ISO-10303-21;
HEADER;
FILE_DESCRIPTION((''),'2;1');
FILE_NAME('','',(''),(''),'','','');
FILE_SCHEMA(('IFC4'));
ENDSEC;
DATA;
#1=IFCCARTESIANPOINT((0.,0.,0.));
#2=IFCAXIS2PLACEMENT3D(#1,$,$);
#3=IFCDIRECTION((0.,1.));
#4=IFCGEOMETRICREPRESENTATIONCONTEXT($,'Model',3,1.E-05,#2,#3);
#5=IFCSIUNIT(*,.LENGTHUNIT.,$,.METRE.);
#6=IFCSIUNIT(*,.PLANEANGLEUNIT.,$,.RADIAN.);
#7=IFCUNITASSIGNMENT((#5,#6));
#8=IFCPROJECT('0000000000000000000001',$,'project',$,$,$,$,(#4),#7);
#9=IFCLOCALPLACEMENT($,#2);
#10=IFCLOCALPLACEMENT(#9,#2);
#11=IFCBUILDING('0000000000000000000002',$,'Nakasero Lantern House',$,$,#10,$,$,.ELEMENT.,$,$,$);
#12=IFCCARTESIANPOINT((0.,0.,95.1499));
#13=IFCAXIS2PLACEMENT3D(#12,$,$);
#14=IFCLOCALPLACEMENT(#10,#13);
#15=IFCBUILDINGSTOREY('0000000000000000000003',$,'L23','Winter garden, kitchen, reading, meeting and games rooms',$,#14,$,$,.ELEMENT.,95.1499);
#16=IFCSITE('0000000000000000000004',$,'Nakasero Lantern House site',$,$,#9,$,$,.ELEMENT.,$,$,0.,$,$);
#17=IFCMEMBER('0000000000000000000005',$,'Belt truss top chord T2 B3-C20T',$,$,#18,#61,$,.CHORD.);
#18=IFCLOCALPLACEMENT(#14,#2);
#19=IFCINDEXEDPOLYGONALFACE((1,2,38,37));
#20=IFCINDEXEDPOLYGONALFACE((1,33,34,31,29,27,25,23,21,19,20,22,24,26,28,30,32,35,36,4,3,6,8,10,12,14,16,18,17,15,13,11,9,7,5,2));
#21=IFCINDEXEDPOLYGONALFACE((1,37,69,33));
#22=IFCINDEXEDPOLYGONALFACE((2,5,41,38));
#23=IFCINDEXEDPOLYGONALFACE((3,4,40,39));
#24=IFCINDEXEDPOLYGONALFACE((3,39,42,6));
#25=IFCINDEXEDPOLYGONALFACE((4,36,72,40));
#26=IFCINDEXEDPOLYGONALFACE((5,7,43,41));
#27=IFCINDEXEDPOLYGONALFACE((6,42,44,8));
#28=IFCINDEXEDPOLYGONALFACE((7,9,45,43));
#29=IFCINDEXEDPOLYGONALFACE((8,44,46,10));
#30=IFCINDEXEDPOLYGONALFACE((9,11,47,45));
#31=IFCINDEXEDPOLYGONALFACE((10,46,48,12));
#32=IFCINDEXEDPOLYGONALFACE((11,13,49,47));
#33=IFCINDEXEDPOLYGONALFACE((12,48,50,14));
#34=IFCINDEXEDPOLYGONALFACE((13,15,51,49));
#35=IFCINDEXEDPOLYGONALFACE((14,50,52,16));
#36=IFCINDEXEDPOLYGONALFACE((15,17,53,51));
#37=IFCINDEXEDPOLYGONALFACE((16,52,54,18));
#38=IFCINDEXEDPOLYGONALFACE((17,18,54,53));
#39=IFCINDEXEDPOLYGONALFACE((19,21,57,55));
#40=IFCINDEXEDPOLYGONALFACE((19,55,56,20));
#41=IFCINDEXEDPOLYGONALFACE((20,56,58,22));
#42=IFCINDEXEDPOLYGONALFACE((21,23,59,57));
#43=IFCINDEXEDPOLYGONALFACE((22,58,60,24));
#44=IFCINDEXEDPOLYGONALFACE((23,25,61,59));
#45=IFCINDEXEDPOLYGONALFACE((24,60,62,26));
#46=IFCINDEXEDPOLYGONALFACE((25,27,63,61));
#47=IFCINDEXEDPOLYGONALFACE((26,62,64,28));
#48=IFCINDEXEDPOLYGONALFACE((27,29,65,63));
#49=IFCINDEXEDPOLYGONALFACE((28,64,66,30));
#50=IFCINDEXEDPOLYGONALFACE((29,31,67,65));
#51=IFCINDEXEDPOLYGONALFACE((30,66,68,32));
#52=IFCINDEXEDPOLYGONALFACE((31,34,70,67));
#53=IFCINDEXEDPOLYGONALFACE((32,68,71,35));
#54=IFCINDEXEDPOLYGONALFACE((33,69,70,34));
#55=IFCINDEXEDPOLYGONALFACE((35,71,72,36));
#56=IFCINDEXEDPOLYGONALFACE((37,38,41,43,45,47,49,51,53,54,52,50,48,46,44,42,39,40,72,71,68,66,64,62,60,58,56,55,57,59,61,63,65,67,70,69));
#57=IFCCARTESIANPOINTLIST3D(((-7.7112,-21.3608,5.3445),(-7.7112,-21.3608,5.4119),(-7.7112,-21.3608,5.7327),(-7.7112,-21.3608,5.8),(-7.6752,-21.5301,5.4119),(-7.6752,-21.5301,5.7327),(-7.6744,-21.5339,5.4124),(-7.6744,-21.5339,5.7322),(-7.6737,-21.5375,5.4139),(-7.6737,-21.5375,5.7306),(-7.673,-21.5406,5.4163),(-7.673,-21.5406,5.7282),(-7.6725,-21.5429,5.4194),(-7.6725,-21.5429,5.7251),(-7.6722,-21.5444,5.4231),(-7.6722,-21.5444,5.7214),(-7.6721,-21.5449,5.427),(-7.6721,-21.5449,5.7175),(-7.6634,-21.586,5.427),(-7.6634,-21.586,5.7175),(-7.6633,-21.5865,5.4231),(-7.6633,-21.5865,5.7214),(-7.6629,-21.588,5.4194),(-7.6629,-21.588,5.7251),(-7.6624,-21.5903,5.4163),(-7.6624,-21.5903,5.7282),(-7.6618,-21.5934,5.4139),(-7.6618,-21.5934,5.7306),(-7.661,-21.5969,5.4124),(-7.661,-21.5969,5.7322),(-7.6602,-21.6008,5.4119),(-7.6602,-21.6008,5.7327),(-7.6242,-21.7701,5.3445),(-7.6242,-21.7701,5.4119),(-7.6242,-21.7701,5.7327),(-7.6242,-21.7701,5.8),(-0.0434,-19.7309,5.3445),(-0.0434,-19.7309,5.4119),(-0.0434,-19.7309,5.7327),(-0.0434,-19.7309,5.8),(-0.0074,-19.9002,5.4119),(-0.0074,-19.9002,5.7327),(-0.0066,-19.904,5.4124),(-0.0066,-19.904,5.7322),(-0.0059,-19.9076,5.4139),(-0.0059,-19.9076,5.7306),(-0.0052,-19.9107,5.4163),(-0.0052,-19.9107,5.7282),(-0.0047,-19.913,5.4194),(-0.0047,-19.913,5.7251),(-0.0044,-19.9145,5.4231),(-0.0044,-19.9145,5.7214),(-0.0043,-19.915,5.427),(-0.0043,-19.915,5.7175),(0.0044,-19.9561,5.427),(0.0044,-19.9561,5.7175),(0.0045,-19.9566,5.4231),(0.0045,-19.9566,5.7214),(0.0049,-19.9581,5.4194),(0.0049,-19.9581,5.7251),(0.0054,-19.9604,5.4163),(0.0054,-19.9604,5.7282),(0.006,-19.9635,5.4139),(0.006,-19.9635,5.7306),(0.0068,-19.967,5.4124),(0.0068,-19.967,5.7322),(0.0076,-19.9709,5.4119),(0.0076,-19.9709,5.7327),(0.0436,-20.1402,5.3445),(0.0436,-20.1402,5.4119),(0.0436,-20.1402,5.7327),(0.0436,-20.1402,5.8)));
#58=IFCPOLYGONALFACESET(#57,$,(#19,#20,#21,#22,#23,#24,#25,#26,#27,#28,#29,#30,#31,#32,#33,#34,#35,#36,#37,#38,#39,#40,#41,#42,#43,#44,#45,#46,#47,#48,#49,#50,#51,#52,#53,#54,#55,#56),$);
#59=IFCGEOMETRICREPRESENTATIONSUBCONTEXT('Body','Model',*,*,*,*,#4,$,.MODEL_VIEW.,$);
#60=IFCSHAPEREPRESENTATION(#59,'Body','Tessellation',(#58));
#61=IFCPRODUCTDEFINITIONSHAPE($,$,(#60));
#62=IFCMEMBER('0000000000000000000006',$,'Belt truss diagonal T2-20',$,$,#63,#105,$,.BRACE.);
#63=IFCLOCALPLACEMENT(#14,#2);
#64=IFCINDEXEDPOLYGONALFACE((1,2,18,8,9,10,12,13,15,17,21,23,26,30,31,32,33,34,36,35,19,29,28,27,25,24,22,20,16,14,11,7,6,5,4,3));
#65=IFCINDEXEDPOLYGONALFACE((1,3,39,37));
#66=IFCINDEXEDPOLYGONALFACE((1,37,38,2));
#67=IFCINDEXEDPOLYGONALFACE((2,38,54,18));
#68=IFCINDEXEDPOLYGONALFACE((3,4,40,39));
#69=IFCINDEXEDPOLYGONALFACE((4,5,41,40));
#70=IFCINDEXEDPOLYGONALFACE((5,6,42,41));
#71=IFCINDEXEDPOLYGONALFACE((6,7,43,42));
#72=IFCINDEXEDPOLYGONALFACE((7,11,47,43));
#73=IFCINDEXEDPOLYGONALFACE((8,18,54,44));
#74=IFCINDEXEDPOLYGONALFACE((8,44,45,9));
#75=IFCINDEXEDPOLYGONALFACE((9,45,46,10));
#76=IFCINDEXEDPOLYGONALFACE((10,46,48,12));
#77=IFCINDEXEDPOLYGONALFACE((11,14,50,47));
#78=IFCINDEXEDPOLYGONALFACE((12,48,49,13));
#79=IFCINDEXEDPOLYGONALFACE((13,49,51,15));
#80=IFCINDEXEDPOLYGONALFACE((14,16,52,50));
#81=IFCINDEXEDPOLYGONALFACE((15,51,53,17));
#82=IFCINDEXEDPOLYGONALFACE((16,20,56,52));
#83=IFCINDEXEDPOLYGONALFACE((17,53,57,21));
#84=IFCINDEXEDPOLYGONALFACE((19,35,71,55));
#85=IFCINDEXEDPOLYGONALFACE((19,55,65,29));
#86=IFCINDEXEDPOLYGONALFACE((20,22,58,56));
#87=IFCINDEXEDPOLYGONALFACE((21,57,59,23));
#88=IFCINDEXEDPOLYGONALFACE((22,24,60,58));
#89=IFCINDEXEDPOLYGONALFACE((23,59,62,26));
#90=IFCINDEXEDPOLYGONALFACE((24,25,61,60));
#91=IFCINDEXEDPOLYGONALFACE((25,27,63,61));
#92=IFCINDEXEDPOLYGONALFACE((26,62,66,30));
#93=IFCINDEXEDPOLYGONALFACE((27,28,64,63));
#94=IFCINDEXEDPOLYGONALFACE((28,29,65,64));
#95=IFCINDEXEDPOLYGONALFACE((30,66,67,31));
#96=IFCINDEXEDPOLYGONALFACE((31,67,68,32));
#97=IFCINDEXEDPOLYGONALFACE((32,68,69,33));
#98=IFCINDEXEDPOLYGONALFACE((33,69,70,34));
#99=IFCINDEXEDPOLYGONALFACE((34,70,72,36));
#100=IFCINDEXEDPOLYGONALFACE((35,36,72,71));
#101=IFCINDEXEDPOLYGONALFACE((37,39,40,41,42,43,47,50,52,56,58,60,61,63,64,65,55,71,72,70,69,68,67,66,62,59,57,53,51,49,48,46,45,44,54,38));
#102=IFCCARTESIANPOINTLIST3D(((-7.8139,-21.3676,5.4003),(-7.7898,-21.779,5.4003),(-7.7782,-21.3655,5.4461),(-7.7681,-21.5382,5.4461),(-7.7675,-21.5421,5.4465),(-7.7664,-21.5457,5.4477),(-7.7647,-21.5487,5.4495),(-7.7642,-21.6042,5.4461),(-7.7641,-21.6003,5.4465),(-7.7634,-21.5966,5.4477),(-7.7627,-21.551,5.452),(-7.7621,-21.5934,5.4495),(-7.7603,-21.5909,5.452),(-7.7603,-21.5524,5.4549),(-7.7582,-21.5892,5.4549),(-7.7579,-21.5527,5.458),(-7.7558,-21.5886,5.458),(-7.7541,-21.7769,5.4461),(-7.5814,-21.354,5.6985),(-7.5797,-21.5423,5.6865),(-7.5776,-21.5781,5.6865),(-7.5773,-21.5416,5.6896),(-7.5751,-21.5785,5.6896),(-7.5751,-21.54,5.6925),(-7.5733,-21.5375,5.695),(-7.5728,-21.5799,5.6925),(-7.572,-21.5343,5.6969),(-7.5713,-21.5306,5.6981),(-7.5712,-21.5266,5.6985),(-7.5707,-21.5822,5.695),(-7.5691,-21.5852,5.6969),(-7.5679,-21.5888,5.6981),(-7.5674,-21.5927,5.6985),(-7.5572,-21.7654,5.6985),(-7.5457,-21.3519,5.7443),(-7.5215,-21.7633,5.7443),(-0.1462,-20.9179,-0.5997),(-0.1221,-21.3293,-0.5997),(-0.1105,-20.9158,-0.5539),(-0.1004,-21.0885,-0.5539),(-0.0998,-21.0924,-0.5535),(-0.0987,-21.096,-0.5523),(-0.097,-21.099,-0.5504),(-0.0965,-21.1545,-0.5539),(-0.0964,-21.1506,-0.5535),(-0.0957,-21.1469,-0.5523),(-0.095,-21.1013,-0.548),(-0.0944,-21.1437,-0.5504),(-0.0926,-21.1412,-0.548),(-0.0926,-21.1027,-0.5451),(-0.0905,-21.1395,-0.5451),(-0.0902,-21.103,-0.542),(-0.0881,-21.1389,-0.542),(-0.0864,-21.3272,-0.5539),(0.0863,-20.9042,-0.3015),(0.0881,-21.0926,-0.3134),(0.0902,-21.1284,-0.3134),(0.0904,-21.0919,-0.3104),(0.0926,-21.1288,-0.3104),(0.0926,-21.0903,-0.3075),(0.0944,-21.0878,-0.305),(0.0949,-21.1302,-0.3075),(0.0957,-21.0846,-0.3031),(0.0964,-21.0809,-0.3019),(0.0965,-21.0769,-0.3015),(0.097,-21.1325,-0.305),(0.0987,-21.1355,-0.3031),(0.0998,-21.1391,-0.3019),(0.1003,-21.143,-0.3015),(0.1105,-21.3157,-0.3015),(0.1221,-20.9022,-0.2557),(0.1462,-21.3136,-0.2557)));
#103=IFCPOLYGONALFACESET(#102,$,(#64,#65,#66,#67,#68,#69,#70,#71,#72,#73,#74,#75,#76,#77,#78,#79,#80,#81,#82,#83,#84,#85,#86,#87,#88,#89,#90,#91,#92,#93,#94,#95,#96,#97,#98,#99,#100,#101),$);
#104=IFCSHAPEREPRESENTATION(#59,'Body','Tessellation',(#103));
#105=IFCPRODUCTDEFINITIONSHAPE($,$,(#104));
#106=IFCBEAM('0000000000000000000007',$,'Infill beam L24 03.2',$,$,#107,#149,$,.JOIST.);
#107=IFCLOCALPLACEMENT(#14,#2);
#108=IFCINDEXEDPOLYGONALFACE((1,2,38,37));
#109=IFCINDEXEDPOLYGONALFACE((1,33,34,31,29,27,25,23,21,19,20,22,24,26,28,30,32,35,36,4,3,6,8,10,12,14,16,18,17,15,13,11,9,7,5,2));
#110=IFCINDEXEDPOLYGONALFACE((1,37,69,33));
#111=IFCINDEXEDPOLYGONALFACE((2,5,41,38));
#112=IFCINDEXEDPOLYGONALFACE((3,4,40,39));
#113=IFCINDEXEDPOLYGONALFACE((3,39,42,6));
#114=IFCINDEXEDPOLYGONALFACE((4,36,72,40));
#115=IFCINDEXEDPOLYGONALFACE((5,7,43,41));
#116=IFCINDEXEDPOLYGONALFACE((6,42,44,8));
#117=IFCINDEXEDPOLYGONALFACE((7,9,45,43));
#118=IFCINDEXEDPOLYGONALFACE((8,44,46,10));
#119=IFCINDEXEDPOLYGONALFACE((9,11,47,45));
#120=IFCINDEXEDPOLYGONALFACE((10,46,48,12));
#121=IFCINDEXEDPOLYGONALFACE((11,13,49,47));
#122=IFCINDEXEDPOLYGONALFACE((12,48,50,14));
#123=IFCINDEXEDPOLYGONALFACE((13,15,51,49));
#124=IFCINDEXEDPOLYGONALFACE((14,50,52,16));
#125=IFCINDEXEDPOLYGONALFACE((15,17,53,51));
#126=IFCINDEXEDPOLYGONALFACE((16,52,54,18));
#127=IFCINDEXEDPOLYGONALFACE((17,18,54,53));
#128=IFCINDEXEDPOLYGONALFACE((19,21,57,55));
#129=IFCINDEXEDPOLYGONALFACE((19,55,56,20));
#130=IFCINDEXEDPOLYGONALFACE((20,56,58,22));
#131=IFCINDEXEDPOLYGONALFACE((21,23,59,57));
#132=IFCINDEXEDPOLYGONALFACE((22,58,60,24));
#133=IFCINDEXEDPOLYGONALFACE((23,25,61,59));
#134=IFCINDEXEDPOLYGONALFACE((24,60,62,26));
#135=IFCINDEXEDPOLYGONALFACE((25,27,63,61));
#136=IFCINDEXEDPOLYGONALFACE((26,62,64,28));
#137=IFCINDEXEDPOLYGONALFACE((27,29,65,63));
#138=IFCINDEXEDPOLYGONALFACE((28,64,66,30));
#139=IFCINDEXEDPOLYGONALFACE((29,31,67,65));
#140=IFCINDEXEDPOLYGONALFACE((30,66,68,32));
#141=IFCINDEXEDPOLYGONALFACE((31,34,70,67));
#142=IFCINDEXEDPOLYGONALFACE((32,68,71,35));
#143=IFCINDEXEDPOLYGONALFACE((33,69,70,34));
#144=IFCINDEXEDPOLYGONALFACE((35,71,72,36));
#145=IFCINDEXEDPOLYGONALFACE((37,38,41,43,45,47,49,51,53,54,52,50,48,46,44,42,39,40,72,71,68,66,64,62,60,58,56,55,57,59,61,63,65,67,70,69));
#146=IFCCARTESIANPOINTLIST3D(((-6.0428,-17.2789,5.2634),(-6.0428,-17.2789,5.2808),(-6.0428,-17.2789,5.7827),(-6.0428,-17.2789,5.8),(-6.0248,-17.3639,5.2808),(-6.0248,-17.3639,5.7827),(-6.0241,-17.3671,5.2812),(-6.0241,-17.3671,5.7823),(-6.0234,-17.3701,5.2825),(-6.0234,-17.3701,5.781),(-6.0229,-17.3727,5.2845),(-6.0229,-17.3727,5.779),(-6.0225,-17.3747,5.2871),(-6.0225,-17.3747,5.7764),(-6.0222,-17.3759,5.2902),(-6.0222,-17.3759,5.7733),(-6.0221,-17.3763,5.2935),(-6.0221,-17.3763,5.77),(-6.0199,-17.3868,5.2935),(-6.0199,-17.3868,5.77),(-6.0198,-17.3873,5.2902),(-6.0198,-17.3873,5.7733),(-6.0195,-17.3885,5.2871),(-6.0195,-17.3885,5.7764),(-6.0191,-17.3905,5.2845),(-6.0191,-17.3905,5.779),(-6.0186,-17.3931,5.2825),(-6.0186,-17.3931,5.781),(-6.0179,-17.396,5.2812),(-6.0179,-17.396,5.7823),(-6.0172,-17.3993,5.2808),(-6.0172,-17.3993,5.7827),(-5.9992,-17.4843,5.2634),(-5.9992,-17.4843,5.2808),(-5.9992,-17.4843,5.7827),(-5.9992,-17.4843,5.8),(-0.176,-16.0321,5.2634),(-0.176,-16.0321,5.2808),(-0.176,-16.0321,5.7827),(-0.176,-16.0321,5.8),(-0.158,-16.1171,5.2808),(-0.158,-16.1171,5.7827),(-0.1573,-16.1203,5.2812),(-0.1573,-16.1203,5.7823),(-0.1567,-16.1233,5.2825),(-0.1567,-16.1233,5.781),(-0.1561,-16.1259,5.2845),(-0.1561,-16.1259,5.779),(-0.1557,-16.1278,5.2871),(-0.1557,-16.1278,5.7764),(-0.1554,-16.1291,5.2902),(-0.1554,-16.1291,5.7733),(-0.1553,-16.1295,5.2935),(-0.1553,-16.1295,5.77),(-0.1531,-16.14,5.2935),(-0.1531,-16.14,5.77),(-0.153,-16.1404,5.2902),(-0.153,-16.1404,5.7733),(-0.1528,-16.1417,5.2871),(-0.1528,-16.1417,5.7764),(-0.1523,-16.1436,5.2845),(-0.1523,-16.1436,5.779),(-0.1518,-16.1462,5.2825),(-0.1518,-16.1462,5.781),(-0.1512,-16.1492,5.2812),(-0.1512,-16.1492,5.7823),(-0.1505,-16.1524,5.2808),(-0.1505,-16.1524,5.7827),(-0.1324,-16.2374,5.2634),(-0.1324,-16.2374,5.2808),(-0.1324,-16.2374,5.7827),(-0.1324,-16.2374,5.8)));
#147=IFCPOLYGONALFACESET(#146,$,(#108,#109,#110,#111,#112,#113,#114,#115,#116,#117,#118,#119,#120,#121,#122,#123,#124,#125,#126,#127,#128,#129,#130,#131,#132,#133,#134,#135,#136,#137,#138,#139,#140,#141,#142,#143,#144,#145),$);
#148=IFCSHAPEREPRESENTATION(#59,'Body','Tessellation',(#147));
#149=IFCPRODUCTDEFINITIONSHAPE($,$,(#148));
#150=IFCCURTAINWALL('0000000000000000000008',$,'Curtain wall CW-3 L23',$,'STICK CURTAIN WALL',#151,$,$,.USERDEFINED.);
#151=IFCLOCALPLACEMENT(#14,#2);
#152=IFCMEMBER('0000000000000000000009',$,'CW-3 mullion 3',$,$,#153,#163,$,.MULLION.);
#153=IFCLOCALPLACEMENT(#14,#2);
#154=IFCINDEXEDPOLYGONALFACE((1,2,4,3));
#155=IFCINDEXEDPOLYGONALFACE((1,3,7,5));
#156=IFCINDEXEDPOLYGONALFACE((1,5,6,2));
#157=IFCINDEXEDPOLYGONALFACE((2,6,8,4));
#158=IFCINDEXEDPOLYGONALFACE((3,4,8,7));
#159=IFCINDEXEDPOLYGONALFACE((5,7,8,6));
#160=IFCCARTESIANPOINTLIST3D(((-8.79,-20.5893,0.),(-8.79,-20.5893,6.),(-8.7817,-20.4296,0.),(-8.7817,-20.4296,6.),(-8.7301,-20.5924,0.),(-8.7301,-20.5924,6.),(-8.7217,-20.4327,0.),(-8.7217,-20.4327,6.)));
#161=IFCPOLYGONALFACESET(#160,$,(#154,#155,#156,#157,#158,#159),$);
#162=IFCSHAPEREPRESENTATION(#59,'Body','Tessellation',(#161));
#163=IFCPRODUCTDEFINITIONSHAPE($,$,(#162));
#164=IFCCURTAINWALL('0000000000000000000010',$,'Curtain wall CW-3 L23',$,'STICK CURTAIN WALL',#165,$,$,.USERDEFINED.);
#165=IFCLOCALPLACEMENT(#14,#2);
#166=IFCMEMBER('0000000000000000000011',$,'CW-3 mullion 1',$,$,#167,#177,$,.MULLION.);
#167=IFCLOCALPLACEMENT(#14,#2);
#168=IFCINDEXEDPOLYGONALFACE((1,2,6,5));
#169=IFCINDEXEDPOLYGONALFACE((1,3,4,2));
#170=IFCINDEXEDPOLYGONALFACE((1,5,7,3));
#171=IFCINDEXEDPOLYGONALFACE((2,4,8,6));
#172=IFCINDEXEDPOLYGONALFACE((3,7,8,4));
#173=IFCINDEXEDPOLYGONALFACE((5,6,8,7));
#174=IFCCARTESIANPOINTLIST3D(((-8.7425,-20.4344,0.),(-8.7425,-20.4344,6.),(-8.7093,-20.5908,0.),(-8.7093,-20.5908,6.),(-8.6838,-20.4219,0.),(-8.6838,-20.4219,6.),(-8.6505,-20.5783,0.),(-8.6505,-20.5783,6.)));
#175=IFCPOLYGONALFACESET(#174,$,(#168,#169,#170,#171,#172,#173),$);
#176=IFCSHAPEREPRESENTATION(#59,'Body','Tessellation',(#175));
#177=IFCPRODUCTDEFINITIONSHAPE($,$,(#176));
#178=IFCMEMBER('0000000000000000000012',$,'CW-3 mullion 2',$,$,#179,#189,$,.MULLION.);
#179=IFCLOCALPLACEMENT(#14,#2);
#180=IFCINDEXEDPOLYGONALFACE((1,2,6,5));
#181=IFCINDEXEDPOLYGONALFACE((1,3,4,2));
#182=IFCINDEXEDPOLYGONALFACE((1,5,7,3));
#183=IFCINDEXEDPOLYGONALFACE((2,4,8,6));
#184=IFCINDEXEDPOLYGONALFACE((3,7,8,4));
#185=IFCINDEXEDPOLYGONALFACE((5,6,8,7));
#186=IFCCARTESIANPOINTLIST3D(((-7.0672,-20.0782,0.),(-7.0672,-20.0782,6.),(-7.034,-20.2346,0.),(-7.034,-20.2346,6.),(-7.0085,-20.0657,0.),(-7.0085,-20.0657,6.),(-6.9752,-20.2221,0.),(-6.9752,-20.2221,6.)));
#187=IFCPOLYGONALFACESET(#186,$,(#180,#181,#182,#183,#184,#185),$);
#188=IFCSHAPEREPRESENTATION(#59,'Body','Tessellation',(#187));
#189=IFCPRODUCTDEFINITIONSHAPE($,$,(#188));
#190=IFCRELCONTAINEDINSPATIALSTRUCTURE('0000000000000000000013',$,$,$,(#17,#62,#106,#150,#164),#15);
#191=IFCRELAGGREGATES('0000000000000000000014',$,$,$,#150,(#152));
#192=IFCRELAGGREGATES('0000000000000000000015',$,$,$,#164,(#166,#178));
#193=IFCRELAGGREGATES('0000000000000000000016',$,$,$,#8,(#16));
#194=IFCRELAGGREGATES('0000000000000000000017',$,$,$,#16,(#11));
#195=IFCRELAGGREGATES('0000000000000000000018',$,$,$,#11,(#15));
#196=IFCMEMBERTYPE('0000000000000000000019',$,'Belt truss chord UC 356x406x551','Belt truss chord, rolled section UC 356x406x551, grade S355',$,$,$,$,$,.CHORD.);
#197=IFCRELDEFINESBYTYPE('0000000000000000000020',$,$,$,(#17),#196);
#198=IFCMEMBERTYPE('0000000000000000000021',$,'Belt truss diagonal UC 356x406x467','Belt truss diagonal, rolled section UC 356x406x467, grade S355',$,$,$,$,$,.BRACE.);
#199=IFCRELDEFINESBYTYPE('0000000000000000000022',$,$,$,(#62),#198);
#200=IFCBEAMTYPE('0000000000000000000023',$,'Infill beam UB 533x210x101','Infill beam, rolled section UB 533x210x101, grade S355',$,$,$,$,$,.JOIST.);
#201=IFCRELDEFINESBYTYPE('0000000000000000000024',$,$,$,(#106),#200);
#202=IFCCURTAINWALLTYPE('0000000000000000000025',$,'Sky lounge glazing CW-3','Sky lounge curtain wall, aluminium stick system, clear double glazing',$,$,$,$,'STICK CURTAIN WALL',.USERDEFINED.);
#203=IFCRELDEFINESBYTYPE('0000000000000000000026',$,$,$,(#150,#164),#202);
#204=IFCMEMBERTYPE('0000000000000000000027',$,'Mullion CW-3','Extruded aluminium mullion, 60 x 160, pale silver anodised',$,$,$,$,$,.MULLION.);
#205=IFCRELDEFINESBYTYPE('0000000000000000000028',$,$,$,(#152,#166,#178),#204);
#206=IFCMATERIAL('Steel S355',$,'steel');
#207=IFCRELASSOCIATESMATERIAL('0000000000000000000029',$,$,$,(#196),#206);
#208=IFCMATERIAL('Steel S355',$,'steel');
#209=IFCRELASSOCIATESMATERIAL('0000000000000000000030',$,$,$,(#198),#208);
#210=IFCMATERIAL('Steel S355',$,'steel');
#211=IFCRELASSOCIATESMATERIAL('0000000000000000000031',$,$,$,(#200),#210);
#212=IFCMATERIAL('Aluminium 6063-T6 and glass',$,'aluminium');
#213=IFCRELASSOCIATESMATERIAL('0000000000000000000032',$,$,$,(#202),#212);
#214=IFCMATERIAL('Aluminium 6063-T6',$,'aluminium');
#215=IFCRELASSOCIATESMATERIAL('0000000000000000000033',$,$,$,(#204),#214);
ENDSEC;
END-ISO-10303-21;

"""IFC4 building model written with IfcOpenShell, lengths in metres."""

from ifc_helpers import new_model, si_unit, direction, frame, origin, origin_2d, place, context, subcontext, project, spatial, rectangle, i_section, extrude, material, material_profile, profile_set, type_object, element, aggregate, save


model = new_model("IFC4")

# Units and contexts
model_context = context("Model", 3, precision=1e-05, world=origin(), true_north=direction((0.0, 1.0)))
body_context = subcontext(model_context, "Body", "Model", "MODEL_VIEW")
ifc_project = project(units=[si_unit("LENGTHUNIT", "METRE"), si_unit("PLANEANGLEUNIT", "RADIAN")], contexts=[model_context])

# Site, building, storey
site_placement = place(None, origin())
site = spatial("IfcSite", under=ifc_project, at=site_placement, Name="Nakasero Lantern House site", CompositionType="ELEMENT", RefElevation=0.0)
building_placement = place(site_placement, origin())
building = spatial("IfcBuilding", under=site, at=building_placement, Name="Nakasero Lantern House", CompositionType="ELEMENT")
storey_placement = place(building_placement, frame((0.0, 0.0, 95.1499)))
storey = spatial("IfcBuildingStorey", under=building, at=storey_placement, Name="L23", Description="Winter garden, kitchen, reading, meeting and games rooms", CompositionType="ELEMENT", Elevation=95.1499)

# Members
ifc_material_1 = material(Name="Steel S355", Category="steel")
ifc_material_profile_1 = material_profile(ifc_material_1, i_section(OverallWidth=0.4185, OverallDepth=0.4556, WebThickness=0.042, FlangeThickness=0.0674, FilletRadius=0.0151, at=origin_2d()), Name="UC 356x406x551")
ifc_profile_set_1 = profile_set([ifc_material_profile_1], Name="Steel S355")
member_type_1 = type_object("IfcMemberType", Name="Belt truss chord UC 356x406x551", Description="Belt truss chord, rolled section UC 356x406x551, grade S355", PredefinedType="CHORD", material=ifc_profile_set_1)
member_1_placement = place(storey_placement, frame((-7.6677, -21.5654, 5.5723), z_axis=(0.978146, 0.207919, 0.0), x_axis=(-0.207919, 0.978146, 0.0)))
element("IfcMember", 1, at=member_1_placement, inside=storey, type_object=member_type_1, Name="Belt truss top chord T2 B3-C20T", PredefinedType="CHORD", context=body_context, shape_type="SweptSolid", body=[
    extrude(i_section(OverallWidth=0.4185, OverallDepth=0.4556, WebThickness=0.042, FlangeThickness=0.0674, FilletRadius=0.0151, at=origin_2d()), origin(), (0.0, 0.0, 1.0), 7.8391),
])
ifc_material_2 = material(Name="Steel S355", Category="steel")
ifc_material_profile_2 = material_profile(ifc_material_2, i_section(OverallWidth=0.4121, OverallDepth=0.4365, WebThickness=0.0359, FlangeThickness=0.0581, FilletRadius=0.0151, at=origin_2d()), Name="UC 356x406x467")
ifc_profile_set_2 = profile_set([ifc_material_profile_2], Name="Steel S355")
member_type_2 = type_object("IfcMemberType", Name="Belt truss diagonal UC 356x406x467", Description="Belt truss diagonal, rolled section UC 356x406x467, grade S355", PredefinedType="BRACE", material=ifc_profile_set_2)
member_2_placement = place(storey_placement, frame((-7.6677, -21.5654, 5.5723), z_axis=(0.786708, 0.04614, -0.615599), x_axis=(-0.058549, 0.998285, 0.0)))
element("IfcMember", 2, at=member_2_placement, inside=storey, type_object=member_type_2, Name="Belt truss diagonal T2-20", PredefinedType="BRACE", context=body_context, shape_type="SweptSolid", body=[
    extrude(i_section(OverallWidth=0.4121, OverallDepth=0.4365, WebThickness=0.0359, FlangeThickness=0.0581, FilletRadius=0.0151, at=origin_2d()), origin(), (0.0, 0.0, 1.0), 9.7466),
])

# Beam
ifc_material_3 = material(Name="Steel S355", Category="steel")
ifc_material_profile_3 = material_profile(ifc_material_3, i_section(OverallWidth=0.21, OverallDepth=0.5366, WebThickness=0.0107, FlangeThickness=0.0173, FilletRadius=0.0127, at=origin_2d()), Name="UB 533x210x101")
ifc_profile_set_3 = profile_set([ifc_material_profile_3], Name="Steel S355")
beam_type_1 = type_object("IfcBeamType", Name="Infill beam UB 533x210x101", Description="Infill beam, rolled section UB 533x210x101, grade S355", PredefinedType="JOIST", material=ifc_profile_set_3)
beam_1_placement = place(storey_placement, frame((-6.021, -17.3816, 5.5317), z_axis=(0.978154, 0.207883, 0.0), x_axis=(-0.207883, 0.978154, 0.0)))
element("IfcBeam", 3, at=beam_1_placement, inside=storey, type_object=beam_type_1, Name="Infill beam L24 03.2", PredefinedType="JOIST", context=body_context, shape_type="SweptSolid", body=[
    extrude(i_section(OverallWidth=0.21, OverallDepth=0.5366, WebThickness=0.0107, FlangeThickness=0.0173, FilletRadius=0.0127, at=origin_2d()), origin(), (0.0, 0.0, 1.0), 5.9978),
])

# Curtain wall, member
ifc_material_4 = material(Name="Aluminium 6063-T6 and glass", Category="aluminium")
curtain_wall_type = type_object("IfcCurtainWallType", Name="Sky lounge glazing CW-3", Description="Sky lounge curtain wall, aluminium stick system, clear double glazing", ElementType="STICK CURTAIN WALL", PredefinedType="USERDEFINED", material=ifc_material_4)
curtain_wall_1_placement = place(storey_placement, origin())
curtain_wall_1 = element("IfcCurtainWall", 4, at=curtain_wall_1_placement, inside=storey, type_object=curtain_wall_type, Name="Curtain wall CW-3 L23", ObjectType="STICK CURTAIN WALL", PredefinedType="USERDEFINED")
ifc_material_5 = material(Name="Aluminium 6063-T6", Category="aluminium")
ifc_material_profile_4 = material_profile(ifc_material_5, rectangle(XDim=0.0601, YDim=0.1599, at=origin_2d()), Name="CW-3 mullion 60x160")
ifc_profile_set_4 = profile_set([ifc_material_profile_4], Name="Aluminium 6063-T6")
member_type_3 = type_object("IfcMemberType", Name="Mullion CW-3", Description="Extruded aluminium mullion, 60 x 160, pale silver anodised", PredefinedType="MULLION", material=ifc_profile_set_4)
member_3_placement = place(storey_placement, frame((-8.7559, -20.511, 0.0), z_axis=(0.0, 0.0, 1.0), x_axis=(0.99863, -0.052336, 0.0)))
member_3 = element("IfcMember", 5, at=member_3_placement, type_object=member_type_3, Name="CW-3 mullion 3", PredefinedType="MULLION", context=body_context, shape_type="SweptSolid", body=[
    extrude(rectangle(XDim=0.0601, YDim=0.1599, at=origin_2d()), origin(), (0.0, 0.0, 1.0), 6.0),
])

# Curtain wall, members
curtain_wall_2_placement = place(storey_placement, origin())
curtain_wall_2 = element("IfcCurtainWall", 6, at=curtain_wall_2_placement, inside=storey, type_object=curtain_wall_type, Name="Curtain wall CW-3 L23", ObjectType="STICK CURTAIN WALL", PredefinedType="USERDEFINED")
member_4_placement = place(storey_placement, frame((-8.6965, -20.5063, 0.0), z_axis=(0.0, 0.0, 1.0), x_axis=(0.978148, 0.207912, 0.0)))
member_4 = element("IfcMember", 7, at=member_4_placement, type_object=member_type_3, Name="CW-3 mullion 1", PredefinedType="MULLION", context=body_context, shape_type="SweptSolid", body=[
    extrude(rectangle(XDim=0.0601, YDim=0.1599, at=origin_2d()), origin(), (0.0, 0.0, 1.0), 6.0),
])
member_5_placement = place(storey_placement, frame((-7.0212, -20.1501, 0.0), z_axis=(0.0, 0.0, 1.0), x_axis=(0.978148, 0.207912, 0.0)))
member_5 = element("IfcMember", 8, at=member_5_placement, type_object=member_type_3, Name="CW-3 mullion 2", PredefinedType="MULLION", context=body_context, shape_type="SweptSolid", body=[
    extrude(rectangle(XDim=0.0601, YDim=0.1599, at=origin_2d()), origin(), (0.0, 0.0, 1.0), 6.0),
])

aggregate(curtain_wall_1, [member_3])
aggregate(curtain_wall_2, [member_4, member_5])

save(model, "model.ifc")
